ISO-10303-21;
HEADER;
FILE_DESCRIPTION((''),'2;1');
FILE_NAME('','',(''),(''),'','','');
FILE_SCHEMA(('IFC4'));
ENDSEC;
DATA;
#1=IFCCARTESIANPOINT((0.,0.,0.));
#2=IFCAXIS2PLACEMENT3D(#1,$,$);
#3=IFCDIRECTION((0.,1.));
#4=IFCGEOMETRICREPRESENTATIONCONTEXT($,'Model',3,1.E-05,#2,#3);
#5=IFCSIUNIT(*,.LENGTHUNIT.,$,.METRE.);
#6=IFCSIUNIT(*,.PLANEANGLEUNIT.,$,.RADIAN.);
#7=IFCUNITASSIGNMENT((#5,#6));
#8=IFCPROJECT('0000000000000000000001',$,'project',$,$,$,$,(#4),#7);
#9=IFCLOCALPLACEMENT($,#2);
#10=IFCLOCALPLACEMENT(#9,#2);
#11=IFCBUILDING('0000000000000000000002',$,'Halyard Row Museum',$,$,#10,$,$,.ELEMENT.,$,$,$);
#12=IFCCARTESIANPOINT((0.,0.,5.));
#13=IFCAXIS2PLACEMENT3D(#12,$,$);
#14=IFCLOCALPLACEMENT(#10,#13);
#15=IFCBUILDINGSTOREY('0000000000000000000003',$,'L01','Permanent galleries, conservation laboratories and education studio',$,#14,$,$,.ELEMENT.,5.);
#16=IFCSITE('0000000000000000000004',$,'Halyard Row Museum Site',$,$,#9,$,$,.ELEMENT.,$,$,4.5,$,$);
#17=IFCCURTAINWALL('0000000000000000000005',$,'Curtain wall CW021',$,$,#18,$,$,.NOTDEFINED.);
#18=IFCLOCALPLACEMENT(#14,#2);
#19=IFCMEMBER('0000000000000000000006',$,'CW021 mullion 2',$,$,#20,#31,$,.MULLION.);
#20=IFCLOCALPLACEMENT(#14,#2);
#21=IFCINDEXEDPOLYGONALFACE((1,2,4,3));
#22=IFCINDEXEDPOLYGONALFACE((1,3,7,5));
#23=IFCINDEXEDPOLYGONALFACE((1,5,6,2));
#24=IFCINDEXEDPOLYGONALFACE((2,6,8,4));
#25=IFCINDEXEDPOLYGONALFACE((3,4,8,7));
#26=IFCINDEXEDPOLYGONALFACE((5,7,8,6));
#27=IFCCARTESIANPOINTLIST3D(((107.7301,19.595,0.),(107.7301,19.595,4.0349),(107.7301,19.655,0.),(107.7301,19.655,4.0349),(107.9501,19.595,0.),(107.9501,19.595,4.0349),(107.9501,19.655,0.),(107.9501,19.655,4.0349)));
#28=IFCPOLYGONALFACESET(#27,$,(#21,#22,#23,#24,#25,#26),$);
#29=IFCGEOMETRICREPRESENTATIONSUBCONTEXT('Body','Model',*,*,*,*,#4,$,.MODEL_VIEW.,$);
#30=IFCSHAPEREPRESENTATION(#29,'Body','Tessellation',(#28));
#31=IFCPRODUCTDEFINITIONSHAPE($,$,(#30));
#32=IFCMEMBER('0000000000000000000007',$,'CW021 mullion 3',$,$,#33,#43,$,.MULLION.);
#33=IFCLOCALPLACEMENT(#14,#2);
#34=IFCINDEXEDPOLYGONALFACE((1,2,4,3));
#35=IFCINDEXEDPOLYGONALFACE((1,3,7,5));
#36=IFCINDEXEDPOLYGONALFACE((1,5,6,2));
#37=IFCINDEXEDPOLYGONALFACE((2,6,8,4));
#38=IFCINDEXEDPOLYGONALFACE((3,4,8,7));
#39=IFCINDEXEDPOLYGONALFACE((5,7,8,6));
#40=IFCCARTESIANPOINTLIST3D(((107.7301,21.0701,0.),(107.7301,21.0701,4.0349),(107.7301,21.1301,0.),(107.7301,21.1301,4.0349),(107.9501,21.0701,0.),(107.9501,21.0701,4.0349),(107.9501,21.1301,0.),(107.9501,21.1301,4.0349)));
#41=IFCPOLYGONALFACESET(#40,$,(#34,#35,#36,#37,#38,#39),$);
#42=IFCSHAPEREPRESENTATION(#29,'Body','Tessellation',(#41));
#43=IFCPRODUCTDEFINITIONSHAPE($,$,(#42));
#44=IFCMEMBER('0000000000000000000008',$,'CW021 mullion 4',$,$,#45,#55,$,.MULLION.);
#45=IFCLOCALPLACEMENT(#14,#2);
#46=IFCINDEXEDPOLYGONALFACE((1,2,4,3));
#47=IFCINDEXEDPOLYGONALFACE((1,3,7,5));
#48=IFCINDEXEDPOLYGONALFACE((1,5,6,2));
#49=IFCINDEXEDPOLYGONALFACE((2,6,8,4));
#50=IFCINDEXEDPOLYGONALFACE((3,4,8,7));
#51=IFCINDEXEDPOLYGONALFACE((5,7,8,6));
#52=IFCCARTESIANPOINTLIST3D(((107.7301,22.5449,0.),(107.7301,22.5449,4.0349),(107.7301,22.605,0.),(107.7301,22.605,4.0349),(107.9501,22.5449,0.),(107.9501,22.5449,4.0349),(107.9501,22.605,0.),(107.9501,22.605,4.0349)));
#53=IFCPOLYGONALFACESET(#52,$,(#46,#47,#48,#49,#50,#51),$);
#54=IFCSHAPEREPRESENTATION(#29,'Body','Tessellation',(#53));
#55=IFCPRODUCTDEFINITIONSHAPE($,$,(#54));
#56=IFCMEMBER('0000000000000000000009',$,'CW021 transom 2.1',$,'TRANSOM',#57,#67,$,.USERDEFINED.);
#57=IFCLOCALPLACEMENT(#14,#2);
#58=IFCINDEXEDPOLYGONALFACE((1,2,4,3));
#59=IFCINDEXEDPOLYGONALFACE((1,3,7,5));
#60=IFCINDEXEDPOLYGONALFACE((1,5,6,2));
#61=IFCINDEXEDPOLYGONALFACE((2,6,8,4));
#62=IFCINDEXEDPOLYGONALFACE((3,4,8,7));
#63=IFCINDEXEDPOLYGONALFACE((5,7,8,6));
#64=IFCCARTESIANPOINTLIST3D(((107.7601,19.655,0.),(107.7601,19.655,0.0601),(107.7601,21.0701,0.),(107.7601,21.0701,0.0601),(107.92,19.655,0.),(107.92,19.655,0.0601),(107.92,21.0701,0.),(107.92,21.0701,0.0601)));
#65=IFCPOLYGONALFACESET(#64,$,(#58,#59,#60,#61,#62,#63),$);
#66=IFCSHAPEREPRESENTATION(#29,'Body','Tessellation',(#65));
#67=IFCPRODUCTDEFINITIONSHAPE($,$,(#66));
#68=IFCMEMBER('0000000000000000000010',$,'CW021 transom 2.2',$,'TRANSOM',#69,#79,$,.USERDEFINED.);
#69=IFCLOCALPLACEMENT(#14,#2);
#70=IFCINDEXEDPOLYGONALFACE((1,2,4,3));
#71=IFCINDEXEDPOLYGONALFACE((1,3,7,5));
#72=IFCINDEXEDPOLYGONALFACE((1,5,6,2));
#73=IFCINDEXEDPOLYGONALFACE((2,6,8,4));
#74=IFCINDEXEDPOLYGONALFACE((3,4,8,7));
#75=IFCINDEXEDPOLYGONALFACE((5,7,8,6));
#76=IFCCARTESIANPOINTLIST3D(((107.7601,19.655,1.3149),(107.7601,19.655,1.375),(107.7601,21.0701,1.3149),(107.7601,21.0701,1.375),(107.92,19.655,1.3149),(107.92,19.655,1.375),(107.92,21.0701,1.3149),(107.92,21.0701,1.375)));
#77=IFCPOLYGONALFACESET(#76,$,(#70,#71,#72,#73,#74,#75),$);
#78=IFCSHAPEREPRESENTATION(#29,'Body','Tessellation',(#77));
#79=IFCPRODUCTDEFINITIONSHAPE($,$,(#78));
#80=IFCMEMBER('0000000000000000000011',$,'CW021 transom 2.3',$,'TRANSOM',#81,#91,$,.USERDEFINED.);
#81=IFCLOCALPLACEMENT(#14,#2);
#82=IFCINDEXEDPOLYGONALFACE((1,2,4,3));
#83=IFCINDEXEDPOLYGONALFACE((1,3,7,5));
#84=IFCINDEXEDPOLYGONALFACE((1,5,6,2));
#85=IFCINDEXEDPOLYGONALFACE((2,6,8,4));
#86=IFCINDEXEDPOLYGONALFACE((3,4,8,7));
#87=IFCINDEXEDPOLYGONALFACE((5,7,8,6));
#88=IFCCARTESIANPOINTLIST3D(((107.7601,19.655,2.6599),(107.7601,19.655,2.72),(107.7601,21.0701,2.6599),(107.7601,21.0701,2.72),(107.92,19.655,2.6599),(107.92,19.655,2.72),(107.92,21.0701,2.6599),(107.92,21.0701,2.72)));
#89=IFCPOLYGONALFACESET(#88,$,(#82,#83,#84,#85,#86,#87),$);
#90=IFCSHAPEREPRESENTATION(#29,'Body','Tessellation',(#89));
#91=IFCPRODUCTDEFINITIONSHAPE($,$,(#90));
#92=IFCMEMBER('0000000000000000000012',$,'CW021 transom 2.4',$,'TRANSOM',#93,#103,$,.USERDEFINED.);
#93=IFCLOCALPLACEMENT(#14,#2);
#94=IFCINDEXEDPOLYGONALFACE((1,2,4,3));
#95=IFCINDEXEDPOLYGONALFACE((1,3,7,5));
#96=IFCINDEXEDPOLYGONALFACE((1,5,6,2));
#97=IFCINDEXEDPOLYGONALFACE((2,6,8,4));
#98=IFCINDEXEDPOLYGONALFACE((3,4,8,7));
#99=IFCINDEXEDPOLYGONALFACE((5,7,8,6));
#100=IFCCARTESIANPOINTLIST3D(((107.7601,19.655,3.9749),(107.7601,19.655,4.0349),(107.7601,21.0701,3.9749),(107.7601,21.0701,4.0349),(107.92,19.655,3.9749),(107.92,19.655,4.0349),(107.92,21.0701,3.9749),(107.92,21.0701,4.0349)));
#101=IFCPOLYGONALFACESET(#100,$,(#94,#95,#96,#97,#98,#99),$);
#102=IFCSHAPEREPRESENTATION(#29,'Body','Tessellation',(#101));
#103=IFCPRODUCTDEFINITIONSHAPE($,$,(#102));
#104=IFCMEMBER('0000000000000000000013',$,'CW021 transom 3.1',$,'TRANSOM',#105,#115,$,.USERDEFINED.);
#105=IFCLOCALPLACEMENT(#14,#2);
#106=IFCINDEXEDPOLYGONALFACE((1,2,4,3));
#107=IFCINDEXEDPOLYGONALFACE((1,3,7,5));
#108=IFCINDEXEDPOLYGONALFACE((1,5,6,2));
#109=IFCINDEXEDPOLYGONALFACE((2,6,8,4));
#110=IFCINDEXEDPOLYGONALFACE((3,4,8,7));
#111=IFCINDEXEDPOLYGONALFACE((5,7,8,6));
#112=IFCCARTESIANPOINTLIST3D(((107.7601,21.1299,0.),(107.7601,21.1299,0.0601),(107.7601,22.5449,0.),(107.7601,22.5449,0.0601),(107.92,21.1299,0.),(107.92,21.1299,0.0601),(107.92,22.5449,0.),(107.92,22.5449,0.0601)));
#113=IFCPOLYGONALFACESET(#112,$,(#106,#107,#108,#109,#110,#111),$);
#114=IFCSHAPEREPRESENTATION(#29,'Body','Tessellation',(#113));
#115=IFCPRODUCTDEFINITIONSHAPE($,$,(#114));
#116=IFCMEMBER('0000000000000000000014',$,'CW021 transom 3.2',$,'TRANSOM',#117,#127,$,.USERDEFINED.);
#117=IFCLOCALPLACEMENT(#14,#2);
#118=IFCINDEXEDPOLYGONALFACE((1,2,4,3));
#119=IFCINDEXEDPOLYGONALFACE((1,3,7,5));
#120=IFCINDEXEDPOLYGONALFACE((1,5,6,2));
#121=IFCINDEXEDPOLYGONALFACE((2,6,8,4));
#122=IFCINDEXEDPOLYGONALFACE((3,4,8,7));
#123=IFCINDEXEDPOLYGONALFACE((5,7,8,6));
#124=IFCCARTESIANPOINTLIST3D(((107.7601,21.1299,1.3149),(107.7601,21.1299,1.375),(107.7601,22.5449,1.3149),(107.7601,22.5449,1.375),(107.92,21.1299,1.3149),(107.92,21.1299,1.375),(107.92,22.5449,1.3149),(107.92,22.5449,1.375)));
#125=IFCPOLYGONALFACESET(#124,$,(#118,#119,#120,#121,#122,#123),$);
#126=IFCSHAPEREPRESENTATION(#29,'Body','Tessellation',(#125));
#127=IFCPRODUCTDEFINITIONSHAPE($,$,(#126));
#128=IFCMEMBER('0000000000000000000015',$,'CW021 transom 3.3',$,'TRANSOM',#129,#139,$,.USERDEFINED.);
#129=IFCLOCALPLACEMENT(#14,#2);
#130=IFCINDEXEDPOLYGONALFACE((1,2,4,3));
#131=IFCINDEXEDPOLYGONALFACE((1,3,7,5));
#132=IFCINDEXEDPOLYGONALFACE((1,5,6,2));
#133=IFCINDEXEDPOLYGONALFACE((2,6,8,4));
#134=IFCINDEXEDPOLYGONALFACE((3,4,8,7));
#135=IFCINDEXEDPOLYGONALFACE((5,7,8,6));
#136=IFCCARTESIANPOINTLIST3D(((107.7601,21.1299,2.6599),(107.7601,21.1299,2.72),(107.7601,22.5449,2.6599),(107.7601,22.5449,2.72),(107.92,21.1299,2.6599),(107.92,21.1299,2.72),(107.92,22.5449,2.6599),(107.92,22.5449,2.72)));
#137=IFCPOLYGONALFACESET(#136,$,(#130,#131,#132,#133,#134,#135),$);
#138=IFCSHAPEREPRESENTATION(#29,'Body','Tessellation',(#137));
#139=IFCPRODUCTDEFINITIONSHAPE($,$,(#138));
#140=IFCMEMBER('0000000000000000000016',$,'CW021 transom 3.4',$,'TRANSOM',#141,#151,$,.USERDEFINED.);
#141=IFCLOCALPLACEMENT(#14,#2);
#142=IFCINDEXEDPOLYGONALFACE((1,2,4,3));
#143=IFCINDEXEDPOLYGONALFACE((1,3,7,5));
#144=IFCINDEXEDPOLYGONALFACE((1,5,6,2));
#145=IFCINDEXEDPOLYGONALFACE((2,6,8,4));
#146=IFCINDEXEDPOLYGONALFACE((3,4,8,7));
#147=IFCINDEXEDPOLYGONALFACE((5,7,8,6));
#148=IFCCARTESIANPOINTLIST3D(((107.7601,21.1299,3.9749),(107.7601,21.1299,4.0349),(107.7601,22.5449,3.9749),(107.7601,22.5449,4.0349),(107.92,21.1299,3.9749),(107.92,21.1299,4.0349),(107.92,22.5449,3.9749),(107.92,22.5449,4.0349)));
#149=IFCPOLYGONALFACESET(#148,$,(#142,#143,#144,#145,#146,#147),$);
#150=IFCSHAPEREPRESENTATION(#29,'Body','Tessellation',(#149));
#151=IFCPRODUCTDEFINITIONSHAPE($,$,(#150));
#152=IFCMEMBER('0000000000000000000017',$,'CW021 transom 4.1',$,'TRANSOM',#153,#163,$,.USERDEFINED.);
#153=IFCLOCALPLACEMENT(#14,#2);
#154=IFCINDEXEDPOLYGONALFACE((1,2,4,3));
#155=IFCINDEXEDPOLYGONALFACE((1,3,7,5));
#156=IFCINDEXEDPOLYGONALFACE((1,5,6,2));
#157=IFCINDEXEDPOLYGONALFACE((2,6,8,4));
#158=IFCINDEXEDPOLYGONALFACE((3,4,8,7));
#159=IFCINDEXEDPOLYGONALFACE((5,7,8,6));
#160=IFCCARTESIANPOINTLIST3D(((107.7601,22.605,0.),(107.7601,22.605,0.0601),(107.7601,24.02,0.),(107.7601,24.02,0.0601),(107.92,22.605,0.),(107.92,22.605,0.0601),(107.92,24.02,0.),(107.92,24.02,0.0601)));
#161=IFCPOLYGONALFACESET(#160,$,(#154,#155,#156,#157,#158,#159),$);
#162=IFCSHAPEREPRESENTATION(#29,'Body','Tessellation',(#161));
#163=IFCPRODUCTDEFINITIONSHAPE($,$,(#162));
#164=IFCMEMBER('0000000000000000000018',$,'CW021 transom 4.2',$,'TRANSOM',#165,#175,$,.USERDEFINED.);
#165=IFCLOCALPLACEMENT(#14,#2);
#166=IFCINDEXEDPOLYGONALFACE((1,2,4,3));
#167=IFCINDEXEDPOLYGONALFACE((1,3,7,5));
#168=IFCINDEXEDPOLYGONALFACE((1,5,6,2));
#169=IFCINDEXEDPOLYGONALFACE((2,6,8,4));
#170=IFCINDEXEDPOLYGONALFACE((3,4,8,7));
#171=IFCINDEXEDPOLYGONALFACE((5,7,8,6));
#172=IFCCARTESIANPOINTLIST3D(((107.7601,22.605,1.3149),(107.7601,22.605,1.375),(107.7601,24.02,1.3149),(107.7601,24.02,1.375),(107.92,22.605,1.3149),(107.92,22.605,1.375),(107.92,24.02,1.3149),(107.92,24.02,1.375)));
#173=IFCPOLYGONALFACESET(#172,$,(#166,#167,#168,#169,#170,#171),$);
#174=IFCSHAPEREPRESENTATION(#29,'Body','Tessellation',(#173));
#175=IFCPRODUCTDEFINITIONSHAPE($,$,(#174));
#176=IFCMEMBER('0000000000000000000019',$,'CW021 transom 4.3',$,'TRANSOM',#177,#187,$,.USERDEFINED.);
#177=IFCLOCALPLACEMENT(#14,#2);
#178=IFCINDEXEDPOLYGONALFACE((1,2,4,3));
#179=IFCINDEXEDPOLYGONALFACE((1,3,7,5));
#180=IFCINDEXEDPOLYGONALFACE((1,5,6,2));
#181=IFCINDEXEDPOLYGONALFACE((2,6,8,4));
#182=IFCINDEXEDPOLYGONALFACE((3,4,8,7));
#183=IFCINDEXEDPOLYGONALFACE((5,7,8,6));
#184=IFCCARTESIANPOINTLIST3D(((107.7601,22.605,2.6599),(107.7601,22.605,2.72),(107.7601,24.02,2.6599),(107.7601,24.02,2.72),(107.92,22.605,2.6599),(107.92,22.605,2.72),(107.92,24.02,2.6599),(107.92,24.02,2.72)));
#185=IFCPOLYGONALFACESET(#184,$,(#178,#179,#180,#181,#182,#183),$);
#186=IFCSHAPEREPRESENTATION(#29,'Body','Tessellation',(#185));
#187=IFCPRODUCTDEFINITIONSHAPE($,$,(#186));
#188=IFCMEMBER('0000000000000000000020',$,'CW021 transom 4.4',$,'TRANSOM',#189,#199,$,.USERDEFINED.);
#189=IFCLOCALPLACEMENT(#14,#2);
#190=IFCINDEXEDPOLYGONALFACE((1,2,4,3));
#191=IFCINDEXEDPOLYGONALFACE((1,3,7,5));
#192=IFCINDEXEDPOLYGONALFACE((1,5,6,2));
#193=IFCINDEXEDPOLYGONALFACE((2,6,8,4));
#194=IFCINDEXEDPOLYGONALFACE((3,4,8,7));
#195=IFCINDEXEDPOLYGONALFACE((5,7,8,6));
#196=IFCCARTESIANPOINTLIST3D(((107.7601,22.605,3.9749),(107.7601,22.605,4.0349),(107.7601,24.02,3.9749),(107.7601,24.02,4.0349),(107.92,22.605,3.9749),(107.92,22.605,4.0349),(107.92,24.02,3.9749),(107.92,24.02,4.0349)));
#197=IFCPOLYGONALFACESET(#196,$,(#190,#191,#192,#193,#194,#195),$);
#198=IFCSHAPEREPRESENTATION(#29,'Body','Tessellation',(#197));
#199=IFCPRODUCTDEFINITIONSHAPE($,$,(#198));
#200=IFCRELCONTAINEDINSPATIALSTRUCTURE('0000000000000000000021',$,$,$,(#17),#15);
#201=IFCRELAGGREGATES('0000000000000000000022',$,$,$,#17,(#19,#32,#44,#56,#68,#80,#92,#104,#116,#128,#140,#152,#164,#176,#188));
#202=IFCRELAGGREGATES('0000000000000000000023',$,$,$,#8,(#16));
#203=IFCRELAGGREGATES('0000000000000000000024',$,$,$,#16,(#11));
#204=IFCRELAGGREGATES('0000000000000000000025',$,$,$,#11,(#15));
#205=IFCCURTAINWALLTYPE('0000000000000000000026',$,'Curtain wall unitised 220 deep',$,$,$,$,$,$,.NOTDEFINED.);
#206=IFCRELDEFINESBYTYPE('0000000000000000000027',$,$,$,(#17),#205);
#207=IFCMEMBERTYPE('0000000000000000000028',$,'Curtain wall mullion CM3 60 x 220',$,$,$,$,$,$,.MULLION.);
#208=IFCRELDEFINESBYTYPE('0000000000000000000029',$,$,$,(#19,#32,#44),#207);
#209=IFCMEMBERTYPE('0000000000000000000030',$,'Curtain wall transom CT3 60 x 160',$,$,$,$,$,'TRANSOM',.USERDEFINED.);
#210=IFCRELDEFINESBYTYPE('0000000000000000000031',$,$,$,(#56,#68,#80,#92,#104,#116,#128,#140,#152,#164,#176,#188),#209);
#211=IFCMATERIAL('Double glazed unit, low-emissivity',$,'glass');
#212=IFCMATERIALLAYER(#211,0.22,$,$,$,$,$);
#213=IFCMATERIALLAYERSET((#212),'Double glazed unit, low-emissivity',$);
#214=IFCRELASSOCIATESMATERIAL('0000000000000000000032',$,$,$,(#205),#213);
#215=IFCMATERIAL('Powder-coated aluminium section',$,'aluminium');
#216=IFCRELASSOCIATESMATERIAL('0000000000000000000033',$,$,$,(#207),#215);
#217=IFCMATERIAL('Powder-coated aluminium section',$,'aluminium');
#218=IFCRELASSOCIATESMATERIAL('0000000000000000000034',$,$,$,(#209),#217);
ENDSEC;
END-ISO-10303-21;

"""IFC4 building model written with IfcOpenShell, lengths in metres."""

from ifc_helpers import new_model, si_unit, direction, frame, origin, origin_2d, place, context, subcontext, project, spatial, rectangle, extrude, material, layer, layer_set, material_profile, profile_set, type_object, element, aggregate, save


model = new_model("IFC4")

# Units and contexts
model_context = context("Model", 3, precision=1e-05, world=origin(), true_north=direction((0.0, 1.0)))
body_context = subcontext(model_context, "Body", "Model", "MODEL_VIEW")
ifc_project = project(units=[si_unit("LENGTHUNIT", "METRE"), si_unit("PLANEANGLEUNIT", "RADIAN")], contexts=[model_context])

# Site, building, storey
site_placement = place(None, origin())
site = spatial("IfcSite", under=ifc_project, at=site_placement, Name="Halyard Row Museum Site", CompositionType="ELEMENT", RefElevation=4.5)
building_placement = place(site_placement, origin())
building = spatial("IfcBuilding", under=site, at=building_placement, Name="Halyard Row Museum", CompositionType="ELEMENT")
storey_placement = place(building_placement, frame((0.0, 0.0, 5.0)))
storey = spatial("IfcBuildingStorey", under=building, at=storey_placement, Name="L01", Description="Permanent galleries, conservation laboratories and education studio", CompositionType="ELEMENT", Elevation=5.0)

# Curtain wall, members
ifc_material_1 = material(Name="Double glazed unit, low-emissivity", Category="glass")
ifc_layer_1 = layer(ifc_material_1, 0.22)
ifc_layer_set_1 = layer_set([ifc_layer_1], Name="Double glazed unit, low-emissivity")
curtain_wall_type = type_object("IfcCurtainWallType", Name="Curtain wall unitised 220 deep", PredefinedType="NOTDEFINED", material=ifc_layer_set_1)
curtain_wall_placement = place(storey_placement, origin())
curtain_wall = element("IfcCurtainWall", 1, at=curtain_wall_placement, inside=storey, type_object=curtain_wall_type, Name="Curtain wall CW021", PredefinedType="NOTDEFINED")
ifc_material_2 = material(Name="Powder-coated aluminium section", Category="aluminium")
ifc_material_profile_1 = material_profile(ifc_material_2, rectangle(XDim=0.22, YDim=0.0601, at=origin_2d()), Name="220x60 mullion")
ifc_profile_set_1 = profile_set([ifc_material_profile_1], Name="Powder-coated aluminium section")
member_type_1 = type_object("IfcMemberType", Name="Curtain wall mullion CM3 60 x 220", PredefinedType="MULLION", material=ifc_profile_set_1)
member_1_placement = place(storey_placement, frame((107.8401, 19.625, 0.0), z_axis=(0.0, 0.0, 1.0), x_axis=(-1.0, 0.0, 0.0)))
member_1 = element("IfcMember", 2, at=member_1_placement, type_object=member_type_1, Name="CW021 mullion 2", PredefinedType="MULLION", context=body_context, shape_type="SweptSolid", body=[
    extrude(rectangle(XDim=0.22, YDim=0.0601, at=origin_2d()), origin(), (0.0, 0.0, 1.0), 4.0349),
])
member_2_placement = place(storey_placement, frame((107.8401, 21.1001, 0.0), z_axis=(0.0, 0.0, 1.0), x_axis=(-1.0, 0.0, 0.0)))
member_2 = element("IfcMember", 3, at=member_2_placement, type_object=member_type_1, Name="CW021 mullion 3", PredefinedType="MULLION", context=body_context, shape_type="SweptSolid", body=[
    extrude(rectangle(XDim=0.22, YDim=0.0601, at=origin_2d()), origin(), (0.0, 0.0, 1.0), 4.0349),
])
member_3_placement = place(storey_placement, frame((107.8401, 22.575, 0.0), z_axis=(0.0, 0.0, 1.0), x_axis=(-1.0, 0.0, 0.0)))
member_3 = element("IfcMember", 4, at=member_3_placement, type_object=member_type_1, Name="CW021 mullion 4", PredefinedType="MULLION", context=body_context, shape_type="SweptSolid", body=[
    extrude(rectangle(XDim=0.22, YDim=0.0601, at=origin_2d()), origin(), (0.0, 0.0, 1.0), 4.0349),
])
ifc_material_3 = material(Name="Powder-coated aluminium section", Category="aluminium")
ifc_material_profile_2 = material_profile(ifc_material_3, rectangle(XDim=0.1599, YDim=0.0601, at=origin_2d()), Name="160x60 transom")
ifc_profile_set_2 = profile_set([ifc_material_profile_2], Name="Powder-coated aluminium section")
member_type_2 = type_object("IfcMemberType", Name="Curtain wall transom CT3 60 x 160", ElementType="TRANSOM", PredefinedType="USERDEFINED", material=ifc_profile_set_2)
member_4_placement = place(storey_placement, frame((107.8401, 19.655, 0.03), z_axis=(0.0, 1.0, 0.0), x_axis=(-1.0, 0.0, 0.0)))
member_4 = element("IfcMember", 5, at=member_4_placement, type_object=member_type_2, Name="CW021 transom 2.1", ObjectType="TRANSOM", PredefinedType="USERDEFINED", context=body_context, shape_type="SweptSolid", body=[
    extrude(rectangle(XDim=0.1599, YDim=0.0601, at=origin_2d()), origin(), (0.0, 0.0, 1.0), 1.415),
])
member_5_placement = place(storey_placement, frame((107.8401, 19.655, 1.345), z_axis=(0.0, 1.0, 0.0), x_axis=(-1.0, 0.0, 0.0)))
member_5 = element("IfcMember", 6, at=member_5_placement, type_object=member_type_2, Name="CW021 transom 2.2", ObjectType="TRANSOM", PredefinedType="USERDEFINED", context=body_context, shape_type="SweptSolid", body=[
    extrude(rectangle(XDim=0.1599, YDim=0.0601, at=origin_2d()), origin(), (0.0, 0.0, 1.0), 1.415),
])
member_6_placement = place(storey_placement, frame((107.8401, 19.655, 2.6899), z_axis=(0.0, 1.0, 0.0), x_axis=(-1.0, 0.0, 0.0)))
member_6 = element("IfcMember", 7, at=member_6_placement, type_object=member_type_2, Name="CW021 transom 2.3", ObjectType="TRANSOM", PredefinedType="USERDEFINED", context=body_context, shape_type="SweptSolid", body=[
    extrude(rectangle(XDim=0.1599, YDim=0.0601, at=origin_2d()), origin(), (0.0, 0.0, 1.0), 1.415),
])
member_7_placement = place(storey_placement, frame((107.8401, 19.655, 4.0049), z_axis=(0.0, 1.0, 0.0), x_axis=(-1.0, 0.0, 0.0)))
member_7 = element("IfcMember", 8, at=member_7_placement, type_object=member_type_2, Name="CW021 transom 2.4", ObjectType="TRANSOM", PredefinedType="USERDEFINED", context=body_context, shape_type="SweptSolid", body=[
    extrude(rectangle(XDim=0.1599, YDim=0.0601, at=origin_2d()), origin(), (0.0, 0.0, 1.0), 1.415),
])
member_8_placement = place(storey_placement, frame((107.8401, 21.1299, 0.03), z_axis=(0.0, 1.0, 0.0), x_axis=(-1.0, 0.0, 0.0)))
member_8 = element("IfcMember", 9, at=member_8_placement, type_object=member_type_2, Name="CW021 transom 3.1", ObjectType="TRANSOM", PredefinedType="USERDEFINED", context=body_context, shape_type="SweptSolid", body=[
    extrude(rectangle(XDim=0.1599, YDim=0.0601, at=origin_2d()), origin(), (0.0, 0.0, 1.0), 1.415),
])
member_9_placement = place(storey_placement, frame((107.8401, 21.1299, 1.345), z_axis=(0.0, 1.0, 0.0), x_axis=(-1.0, 0.0, 0.0)))
member_9 = element("IfcMember", 10, at=member_9_placement, type_object=member_type_2, Name="CW021 transom 3.2", ObjectType="TRANSOM", PredefinedType="USERDEFINED", context=body_context, shape_type="SweptSolid", body=[
    extrude(rectangle(XDim=0.1599, YDim=0.0601, at=origin_2d()), origin(), (0.0, 0.0, 1.0), 1.415),
])
member_10_placement = place(storey_placement, frame((107.8401, 21.1299, 2.6899), z_axis=(0.0, 1.0, 0.0), x_axis=(-1.0, 0.0, 0.0)))
member_10 = element("IfcMember", 11, at=member_10_placement, type_object=member_type_2, Name="CW021 transom 3.3", ObjectType="TRANSOM", PredefinedType="USERDEFINED", context=body_context, shape_type="SweptSolid", body=[
    extrude(rectangle(XDim=0.1599, YDim=0.0601, at=origin_2d()), origin(), (0.0, 0.0, 1.0), 1.415),
])
member_11_placement = place(storey_placement, frame((107.8401, 21.1299, 4.0049), z_axis=(0.0, 1.0, 0.0), x_axis=(-1.0, 0.0, 0.0)))
member_11 = element("IfcMember", 12, at=member_11_placement, type_object=member_type_2, Name="CW021 transom 3.4", ObjectType="TRANSOM", PredefinedType="USERDEFINED", context=body_context, shape_type="SweptSolid", body=[
    extrude(rectangle(XDim=0.1599, YDim=0.0601, at=origin_2d()), origin(), (0.0, 0.0, 1.0), 1.415),
])
member_12_placement = place(storey_placement, frame((107.8401, 22.605, 0.03), z_axis=(0.0, 1.0, 0.0), x_axis=(-1.0, 0.0, 0.0)))
member_12 = element("IfcMember", 13, at=member_12_placement, type_object=member_type_2, Name="CW021 transom 4.1", ObjectType="TRANSOM", PredefinedType="USERDEFINED", context=body_context, shape_type="SweptSolid", body=[
    extrude(rectangle(XDim=0.1599, YDim=0.0601, at=origin_2d()), origin(), (0.0, 0.0, 1.0), 1.415),
])
member_13_placement = place(storey_placement, frame((107.8401, 22.605, 1.345), z_axis=(0.0, 1.0, 0.0), x_axis=(-1.0, 0.0, 0.0)))
member_13 = element("IfcMember", 14, at=member_13_placement, type_object=member_type_2, Name="CW021 transom 4.2", ObjectType="TRANSOM", PredefinedType="USERDEFINED", context=body_context, shape_type="SweptSolid", body=[
    extrude(rectangle(XDim=0.1599, YDim=0.0601, at=origin_2d()), origin(), (0.0, 0.0, 1.0), 1.415),
])
member_14_placement = place(storey_placement, frame((107.8401, 22.605, 2.6899), z_axis=(0.0, 1.0, 0.0), x_axis=(-1.0, 0.0, 0.0)))
member_14 = element("IfcMember", 15, at=member_14_placement, type_object=member_type_2, Name="CW021 transom 4.3", ObjectType="TRANSOM", PredefinedType="USERDEFINED", context=body_context, shape_type="SweptSolid", body=[
    extrude(rectangle(XDim=0.1599, YDim=0.0601, at=origin_2d()), origin(), (0.0, 0.0, 1.0), 1.415),
])
member_15_placement = place(storey_placement, frame((107.8401, 22.605, 4.0049), z_axis=(0.0, 1.0, 0.0), x_axis=(-1.0, 0.0, 0.0)))
member_15 = element("IfcMember", 16, at=member_15_placement, type_object=member_type_2, Name="CW021 transom 4.4", ObjectType="TRANSOM", PredefinedType="USERDEFINED", context=body_context, shape_type="SweptSolid", body=[
    extrude(rectangle(XDim=0.1599, YDim=0.0601, at=origin_2d()), origin(), (0.0, 0.0, 1.0), 1.415),
])
aggregate(curtain_wall, [member_1, member_2, member_3, member_4, member_5, member_6, member_7, member_8, member_9, member_10, member_11, member_12, member_13, member_14, member_15])

save(model, "model.ifc")
